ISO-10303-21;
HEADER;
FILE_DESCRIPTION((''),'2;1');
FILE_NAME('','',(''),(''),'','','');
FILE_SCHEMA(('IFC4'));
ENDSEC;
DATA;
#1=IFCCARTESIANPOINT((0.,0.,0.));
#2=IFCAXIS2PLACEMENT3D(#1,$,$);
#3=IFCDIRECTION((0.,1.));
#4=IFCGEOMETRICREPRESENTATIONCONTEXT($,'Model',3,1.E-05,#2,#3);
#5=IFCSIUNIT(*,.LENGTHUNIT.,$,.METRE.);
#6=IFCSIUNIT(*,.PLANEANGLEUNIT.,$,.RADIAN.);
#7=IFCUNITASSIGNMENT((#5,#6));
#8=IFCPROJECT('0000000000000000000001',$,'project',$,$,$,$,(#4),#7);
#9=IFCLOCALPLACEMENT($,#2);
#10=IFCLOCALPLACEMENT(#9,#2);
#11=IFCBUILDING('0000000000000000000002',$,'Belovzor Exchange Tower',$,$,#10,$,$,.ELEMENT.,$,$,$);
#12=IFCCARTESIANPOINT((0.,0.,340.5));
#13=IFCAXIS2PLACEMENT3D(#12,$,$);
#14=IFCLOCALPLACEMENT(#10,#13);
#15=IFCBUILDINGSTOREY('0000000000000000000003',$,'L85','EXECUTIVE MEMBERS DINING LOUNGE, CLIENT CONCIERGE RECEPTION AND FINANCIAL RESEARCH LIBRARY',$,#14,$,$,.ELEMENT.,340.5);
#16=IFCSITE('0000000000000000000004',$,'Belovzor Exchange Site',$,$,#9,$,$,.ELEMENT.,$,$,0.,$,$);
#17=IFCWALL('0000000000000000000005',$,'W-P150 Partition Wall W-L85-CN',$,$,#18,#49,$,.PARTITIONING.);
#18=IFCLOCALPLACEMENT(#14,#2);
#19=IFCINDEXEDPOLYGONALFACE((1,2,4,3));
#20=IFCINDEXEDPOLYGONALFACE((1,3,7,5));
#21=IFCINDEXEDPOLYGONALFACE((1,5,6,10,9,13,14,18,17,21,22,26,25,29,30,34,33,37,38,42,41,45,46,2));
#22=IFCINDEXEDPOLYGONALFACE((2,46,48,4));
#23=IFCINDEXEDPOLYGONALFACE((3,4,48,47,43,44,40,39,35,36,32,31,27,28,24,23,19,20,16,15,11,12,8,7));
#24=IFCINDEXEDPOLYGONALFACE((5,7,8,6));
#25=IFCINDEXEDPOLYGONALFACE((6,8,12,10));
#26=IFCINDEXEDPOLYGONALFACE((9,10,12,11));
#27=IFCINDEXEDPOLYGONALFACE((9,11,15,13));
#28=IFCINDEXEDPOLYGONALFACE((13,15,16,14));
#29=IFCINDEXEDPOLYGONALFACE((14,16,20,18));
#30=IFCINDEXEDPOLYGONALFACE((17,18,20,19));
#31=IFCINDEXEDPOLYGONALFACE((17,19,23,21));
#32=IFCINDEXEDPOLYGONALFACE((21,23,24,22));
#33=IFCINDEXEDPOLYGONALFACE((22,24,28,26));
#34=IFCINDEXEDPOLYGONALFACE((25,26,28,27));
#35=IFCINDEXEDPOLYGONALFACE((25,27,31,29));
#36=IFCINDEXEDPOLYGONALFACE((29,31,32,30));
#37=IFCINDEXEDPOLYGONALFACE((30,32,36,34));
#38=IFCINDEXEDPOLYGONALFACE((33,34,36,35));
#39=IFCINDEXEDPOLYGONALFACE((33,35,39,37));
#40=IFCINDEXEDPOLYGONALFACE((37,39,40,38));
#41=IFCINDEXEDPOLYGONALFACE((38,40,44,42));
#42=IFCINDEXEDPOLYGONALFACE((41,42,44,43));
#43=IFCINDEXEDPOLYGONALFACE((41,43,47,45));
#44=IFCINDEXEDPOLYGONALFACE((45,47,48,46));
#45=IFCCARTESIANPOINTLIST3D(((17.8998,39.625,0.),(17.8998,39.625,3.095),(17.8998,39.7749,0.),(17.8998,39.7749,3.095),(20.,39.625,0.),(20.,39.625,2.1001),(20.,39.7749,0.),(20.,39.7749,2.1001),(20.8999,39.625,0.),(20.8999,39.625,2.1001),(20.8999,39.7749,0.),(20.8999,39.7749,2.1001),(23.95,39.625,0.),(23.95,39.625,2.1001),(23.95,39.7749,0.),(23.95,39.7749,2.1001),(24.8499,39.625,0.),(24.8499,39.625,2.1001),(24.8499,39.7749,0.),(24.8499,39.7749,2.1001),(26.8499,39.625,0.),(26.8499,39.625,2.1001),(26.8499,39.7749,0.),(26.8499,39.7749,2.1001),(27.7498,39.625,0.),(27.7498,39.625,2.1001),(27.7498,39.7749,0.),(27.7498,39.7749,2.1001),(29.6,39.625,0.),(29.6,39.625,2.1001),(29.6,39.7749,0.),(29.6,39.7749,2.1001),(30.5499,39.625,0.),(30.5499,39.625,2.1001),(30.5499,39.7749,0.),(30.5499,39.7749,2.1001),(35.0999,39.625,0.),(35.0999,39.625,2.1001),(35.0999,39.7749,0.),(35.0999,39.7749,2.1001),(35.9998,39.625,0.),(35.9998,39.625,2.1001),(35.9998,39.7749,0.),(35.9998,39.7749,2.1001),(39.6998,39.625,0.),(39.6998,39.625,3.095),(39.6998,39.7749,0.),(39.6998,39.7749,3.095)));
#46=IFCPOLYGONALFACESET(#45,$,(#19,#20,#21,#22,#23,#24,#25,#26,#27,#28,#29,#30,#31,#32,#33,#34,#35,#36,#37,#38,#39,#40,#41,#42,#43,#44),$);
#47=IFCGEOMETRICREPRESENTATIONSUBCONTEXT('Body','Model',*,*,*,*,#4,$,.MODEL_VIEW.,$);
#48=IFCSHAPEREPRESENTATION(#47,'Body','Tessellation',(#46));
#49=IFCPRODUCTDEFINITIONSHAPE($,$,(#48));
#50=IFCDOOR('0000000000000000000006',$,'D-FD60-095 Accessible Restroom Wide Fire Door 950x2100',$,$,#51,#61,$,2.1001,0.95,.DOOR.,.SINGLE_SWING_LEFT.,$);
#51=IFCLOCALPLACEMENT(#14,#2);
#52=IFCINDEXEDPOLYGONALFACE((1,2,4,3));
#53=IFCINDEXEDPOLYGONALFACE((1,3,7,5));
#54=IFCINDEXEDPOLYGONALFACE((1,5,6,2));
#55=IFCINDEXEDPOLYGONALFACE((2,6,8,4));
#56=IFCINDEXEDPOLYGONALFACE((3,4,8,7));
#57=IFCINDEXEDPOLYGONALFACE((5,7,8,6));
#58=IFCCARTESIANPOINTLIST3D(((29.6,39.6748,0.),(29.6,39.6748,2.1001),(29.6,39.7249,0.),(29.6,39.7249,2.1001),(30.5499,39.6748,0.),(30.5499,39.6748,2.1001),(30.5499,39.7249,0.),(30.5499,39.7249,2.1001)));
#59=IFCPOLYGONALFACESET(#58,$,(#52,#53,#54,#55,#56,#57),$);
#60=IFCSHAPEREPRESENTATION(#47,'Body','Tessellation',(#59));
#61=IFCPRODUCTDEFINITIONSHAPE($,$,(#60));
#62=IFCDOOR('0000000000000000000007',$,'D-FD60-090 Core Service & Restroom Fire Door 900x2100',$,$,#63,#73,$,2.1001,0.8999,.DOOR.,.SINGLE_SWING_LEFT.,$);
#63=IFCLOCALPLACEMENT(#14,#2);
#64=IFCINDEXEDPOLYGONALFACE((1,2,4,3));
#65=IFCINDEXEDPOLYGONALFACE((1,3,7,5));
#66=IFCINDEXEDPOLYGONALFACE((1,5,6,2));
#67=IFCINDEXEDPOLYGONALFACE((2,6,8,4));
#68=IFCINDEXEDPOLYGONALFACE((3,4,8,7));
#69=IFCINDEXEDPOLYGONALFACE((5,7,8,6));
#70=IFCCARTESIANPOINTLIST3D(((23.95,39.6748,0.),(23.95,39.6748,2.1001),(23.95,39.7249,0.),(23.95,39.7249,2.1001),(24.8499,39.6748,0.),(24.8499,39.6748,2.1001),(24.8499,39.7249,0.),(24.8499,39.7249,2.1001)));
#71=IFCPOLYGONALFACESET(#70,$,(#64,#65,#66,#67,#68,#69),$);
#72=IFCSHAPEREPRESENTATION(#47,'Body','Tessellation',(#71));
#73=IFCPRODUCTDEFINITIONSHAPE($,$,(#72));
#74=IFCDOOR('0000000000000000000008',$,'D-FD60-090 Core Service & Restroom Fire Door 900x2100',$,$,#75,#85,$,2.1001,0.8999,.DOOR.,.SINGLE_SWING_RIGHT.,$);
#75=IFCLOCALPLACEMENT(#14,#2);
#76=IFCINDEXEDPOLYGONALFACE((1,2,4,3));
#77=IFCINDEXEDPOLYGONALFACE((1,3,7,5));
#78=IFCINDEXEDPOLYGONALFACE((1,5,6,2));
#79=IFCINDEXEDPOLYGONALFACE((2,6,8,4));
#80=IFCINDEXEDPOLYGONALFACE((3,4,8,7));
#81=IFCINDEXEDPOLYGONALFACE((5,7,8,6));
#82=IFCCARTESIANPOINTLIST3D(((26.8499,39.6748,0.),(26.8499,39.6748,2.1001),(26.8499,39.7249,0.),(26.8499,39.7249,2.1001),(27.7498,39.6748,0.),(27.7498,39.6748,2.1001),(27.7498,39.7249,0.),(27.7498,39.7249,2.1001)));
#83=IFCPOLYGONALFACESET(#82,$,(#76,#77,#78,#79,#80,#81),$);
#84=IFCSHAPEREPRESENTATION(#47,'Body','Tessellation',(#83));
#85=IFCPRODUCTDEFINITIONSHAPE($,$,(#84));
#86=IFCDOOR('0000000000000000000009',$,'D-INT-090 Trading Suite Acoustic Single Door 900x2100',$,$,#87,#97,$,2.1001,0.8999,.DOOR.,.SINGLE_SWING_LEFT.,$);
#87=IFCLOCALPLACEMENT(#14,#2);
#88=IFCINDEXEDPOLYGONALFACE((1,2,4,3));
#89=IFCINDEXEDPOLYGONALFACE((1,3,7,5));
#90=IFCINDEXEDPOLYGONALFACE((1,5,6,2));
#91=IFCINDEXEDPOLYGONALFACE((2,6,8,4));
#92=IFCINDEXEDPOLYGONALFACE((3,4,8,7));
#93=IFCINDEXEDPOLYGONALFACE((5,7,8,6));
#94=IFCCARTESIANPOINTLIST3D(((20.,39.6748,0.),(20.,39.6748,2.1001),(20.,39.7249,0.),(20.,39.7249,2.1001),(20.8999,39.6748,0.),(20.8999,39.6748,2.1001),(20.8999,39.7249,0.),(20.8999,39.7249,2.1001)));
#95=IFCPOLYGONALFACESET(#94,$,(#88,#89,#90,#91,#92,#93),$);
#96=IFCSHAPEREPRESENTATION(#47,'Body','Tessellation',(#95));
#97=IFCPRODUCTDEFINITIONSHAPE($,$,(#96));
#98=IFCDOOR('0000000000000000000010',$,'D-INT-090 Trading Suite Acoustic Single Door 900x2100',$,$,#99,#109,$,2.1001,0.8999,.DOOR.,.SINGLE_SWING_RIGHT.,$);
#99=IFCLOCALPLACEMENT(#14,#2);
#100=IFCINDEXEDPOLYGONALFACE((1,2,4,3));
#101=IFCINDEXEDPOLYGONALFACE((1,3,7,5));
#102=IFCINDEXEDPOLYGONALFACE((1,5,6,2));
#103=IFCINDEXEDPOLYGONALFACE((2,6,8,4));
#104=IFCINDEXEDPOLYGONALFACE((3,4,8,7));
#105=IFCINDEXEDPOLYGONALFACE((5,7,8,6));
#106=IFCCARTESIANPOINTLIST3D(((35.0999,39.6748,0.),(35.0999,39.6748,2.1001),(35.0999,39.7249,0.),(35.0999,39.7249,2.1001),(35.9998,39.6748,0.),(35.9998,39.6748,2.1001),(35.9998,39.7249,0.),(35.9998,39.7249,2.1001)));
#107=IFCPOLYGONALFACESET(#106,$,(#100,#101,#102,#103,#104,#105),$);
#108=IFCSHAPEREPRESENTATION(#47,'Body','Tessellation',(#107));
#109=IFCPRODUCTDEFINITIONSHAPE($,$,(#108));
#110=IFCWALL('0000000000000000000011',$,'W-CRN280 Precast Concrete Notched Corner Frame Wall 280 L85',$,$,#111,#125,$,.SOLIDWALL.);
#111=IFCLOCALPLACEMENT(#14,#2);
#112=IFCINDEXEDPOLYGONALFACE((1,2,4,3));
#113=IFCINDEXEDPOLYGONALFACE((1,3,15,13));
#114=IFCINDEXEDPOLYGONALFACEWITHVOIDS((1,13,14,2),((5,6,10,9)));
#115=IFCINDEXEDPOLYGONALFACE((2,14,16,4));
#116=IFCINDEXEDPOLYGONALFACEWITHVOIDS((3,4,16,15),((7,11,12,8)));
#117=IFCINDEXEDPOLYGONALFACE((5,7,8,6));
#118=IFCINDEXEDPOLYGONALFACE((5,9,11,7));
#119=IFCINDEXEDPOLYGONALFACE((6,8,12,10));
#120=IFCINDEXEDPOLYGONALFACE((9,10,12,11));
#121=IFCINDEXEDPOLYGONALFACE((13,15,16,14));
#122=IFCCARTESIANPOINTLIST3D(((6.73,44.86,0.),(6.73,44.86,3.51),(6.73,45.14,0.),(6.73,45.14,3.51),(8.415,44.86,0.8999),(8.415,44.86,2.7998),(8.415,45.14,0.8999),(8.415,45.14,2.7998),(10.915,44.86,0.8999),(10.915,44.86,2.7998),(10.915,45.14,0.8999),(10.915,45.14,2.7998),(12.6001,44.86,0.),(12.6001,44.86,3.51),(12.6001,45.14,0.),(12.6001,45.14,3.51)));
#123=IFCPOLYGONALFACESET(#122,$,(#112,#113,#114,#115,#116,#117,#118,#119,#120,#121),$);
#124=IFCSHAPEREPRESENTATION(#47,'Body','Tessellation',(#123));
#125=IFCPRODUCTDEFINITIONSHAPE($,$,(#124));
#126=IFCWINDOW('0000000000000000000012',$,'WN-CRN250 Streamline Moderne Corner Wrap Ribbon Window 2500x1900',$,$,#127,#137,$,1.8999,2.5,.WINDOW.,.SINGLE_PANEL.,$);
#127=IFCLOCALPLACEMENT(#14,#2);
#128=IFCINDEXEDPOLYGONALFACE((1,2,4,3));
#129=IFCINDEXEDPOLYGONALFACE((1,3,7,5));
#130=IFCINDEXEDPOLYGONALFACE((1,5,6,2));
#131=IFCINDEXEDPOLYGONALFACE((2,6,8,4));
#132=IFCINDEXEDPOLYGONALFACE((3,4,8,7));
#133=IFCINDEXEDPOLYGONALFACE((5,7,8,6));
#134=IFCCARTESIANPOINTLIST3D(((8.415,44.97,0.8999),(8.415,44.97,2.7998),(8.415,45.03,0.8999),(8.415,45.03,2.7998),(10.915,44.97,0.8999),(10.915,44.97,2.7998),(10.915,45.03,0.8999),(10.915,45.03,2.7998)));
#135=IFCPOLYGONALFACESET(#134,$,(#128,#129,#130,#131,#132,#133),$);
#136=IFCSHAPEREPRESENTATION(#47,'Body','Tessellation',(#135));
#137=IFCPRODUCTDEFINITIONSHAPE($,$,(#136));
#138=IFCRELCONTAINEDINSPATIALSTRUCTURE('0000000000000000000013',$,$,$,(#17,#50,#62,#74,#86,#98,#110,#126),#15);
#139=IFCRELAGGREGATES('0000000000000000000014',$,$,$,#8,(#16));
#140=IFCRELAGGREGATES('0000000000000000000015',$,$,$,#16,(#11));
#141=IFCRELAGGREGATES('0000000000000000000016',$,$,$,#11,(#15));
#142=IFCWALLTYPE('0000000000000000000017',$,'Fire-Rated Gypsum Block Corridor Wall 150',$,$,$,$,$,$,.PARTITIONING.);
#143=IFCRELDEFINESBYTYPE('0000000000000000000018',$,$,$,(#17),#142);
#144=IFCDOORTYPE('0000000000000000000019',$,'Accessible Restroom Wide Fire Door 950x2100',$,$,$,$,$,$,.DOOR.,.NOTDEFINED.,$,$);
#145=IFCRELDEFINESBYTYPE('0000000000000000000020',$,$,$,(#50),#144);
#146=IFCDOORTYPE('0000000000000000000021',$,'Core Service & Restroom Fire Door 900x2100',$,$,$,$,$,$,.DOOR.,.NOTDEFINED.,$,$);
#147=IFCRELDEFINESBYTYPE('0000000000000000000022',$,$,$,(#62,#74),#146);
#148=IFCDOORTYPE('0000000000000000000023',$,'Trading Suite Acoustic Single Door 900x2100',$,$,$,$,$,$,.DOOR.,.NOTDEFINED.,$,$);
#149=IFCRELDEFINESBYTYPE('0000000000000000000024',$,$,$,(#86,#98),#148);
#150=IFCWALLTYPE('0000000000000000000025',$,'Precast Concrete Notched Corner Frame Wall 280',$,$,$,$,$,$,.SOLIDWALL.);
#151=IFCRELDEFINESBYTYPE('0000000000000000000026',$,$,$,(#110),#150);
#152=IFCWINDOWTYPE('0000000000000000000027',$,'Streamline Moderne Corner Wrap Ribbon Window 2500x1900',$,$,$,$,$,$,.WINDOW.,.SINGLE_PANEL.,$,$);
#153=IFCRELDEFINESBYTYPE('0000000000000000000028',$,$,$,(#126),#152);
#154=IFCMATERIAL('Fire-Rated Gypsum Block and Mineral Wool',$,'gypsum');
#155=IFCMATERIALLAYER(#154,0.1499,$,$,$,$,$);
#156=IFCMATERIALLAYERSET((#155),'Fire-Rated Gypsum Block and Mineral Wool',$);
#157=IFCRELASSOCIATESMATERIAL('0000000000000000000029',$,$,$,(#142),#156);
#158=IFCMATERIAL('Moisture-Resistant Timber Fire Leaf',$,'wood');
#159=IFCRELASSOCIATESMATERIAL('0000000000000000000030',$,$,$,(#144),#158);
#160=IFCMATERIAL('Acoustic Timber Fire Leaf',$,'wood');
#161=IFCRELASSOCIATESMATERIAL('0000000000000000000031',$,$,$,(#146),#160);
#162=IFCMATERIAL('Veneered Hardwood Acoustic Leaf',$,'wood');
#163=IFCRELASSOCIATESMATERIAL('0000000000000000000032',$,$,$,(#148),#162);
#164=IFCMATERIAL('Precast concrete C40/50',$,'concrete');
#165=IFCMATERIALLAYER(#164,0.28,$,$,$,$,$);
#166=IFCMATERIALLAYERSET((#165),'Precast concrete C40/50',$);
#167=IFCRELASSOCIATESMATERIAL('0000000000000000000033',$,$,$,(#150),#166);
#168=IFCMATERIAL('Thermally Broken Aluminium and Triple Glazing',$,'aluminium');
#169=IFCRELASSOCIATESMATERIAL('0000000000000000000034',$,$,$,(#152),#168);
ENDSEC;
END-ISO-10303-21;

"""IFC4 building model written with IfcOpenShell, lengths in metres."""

from ifc_helpers import new_model, si_unit, direction, frame, frame_2d, origin, place, context, subcontext, project, spatial, rectangle, extrude, material, layer, layer_set, type_object, element, fill, save


model = new_model("IFC4")

# Units and contexts
model_context = context("Model", 3, precision=1e-05, world=origin(), true_north=direction((0.0, 1.0)))
body_context = subcontext(model_context, "Body", "Model", "MODEL_VIEW")
ifc_project = project(units=[si_unit("LENGTHUNIT", "METRE"), si_unit("PLANEANGLEUNIT", "RADIAN")], contexts=[model_context])

# Site, building, storey
site_placement = place(None, origin())
site = spatial("IfcSite", under=ifc_project, at=site_placement, Name="Belovzor Exchange Site", CompositionType="ELEMENT", RefElevation=0.0)
building_placement = place(site_placement, origin())
building = spatial("IfcBuilding", under=site, at=building_placement, Name="Belovzor Exchange Tower", CompositionType="ELEMENT")
storey_placement = place(building_placement, frame((0.0, 0.0, 340.5)))
storey = spatial("IfcBuildingStorey", under=building, at=storey_placement, Name="L85", Description="EXECUTIVE MEMBERS DINING LOUNGE, CLIENT CONCIERGE RECEPTION AND FINANCIAL RESEARCH LIBRARY", CompositionType="ELEMENT", Elevation=340.5)

# Wall, openings, doors
ifc_material_1 = material(Name="Fire-Rated Gypsum Block and Mineral Wool", Category="gypsum")
ifc_layer_1 = layer(ifc_material_1, 0.1499)
ifc_layer_set_1 = layer_set([ifc_layer_1], Name="Fire-Rated Gypsum Block and Mineral Wool")
wall_type_1 = type_object("IfcWallType", Name="Fire-Rated Gypsum Block Corridor Wall 150", PredefinedType="PARTITIONING", material=ifc_layer_set_1)
wall_1_placement = place(storey_placement, frame((17.8999, 39.7, 0.0), z_axis=(0.0, 0.0, 1.0), x_axis=(1.0, 0.0, 0.0)))
wall_1 = element("IfcWall", 1, at=wall_1_placement, inside=storey, type_object=wall_type_1, Name="W-P150 Partition Wall W-L85-CN", PredefinedType="PARTITIONING", context=body_context, shape_type="SweptSolid", body=[
    extrude(rectangle(XDim=21.8, YDim=0.1499, at=frame_2d((10.8999, 0.0))), origin(), (0.0, 0.0, 1.0), 3.095),
])
opening_1_placement = place(wall_1_placement, frame((2.1001, 0.0, 0.0)))
opening_1 = element("IfcOpeningElement", 2, at=opening_1_placement, cuts=wall_1, PredefinedType="OPENING", context=body_context, shape_type="SweptSolid", body=[
    extrude(rectangle(XDim=0.8999, YDim=2.1001, at=frame_2d((0.45, 1.05))), frame((0.0, 0.085, 0.0), z_axis=(0.0, -1.0, 0.0), x_axis=(1.0, 0.0, 0.0)), (0.0, 0.0, 1.0), 0.1699),
])
opening_2_placement = place(wall_1_placement, frame((6.05, 0.0, 0.0)))
opening_2 = element("IfcOpeningElement", 3, at=opening_2_placement, cuts=wall_1, PredefinedType="OPENING", context=body_context, shape_type="SweptSolid", body=[
    extrude(rectangle(XDim=0.8999, YDim=2.1001, at=frame_2d((0.45, 1.05))), frame((0.0, 0.085, 0.0), z_axis=(0.0, -1.0, 0.0), x_axis=(1.0, 0.0, 0.0)), (0.0, 0.0, 1.0), 0.1699),
])
opening_3_placement = place(wall_1_placement, frame((8.95, 0.0, 0.0)))
opening_3 = element("IfcOpeningElement", 4, at=opening_3_placement, cuts=wall_1, PredefinedType="OPENING", context=body_context, shape_type="SweptSolid", body=[
    extrude(rectangle(XDim=0.8999, YDim=2.1001, at=frame_2d((0.45, 1.05))), frame((0.0, 0.085, 0.0), z_axis=(0.0, -1.0, 0.0), x_axis=(1.0, 0.0, 0.0)), (0.0, 0.0, 1.0), 0.1699),
])
opening_4_placement = place(wall_1_placement, frame((11.7, 0.0, 0.0)))
opening_4 = element("IfcOpeningElement", 5, at=opening_4_placement, cuts=wall_1, PredefinedType="OPENING", context=body_context, shape_type="SweptSolid", body=[
    extrude(rectangle(XDim=0.95, YDim=2.1001, at=frame_2d((0.4751, 1.05))), frame((0.0, 0.085, 0.0), z_axis=(0.0, -1.0, 0.0), x_axis=(1.0, 0.0, 0.0)), (0.0, 0.0, 1.0), 0.1699),
])
opening_5_placement = place(wall_1_placement, frame((17.2, 0.0, 0.0)))
opening_5 = element("IfcOpeningElement", 6, at=opening_5_placement, cuts=wall_1, PredefinedType="OPENING", context=body_context, shape_type="SweptSolid", body=[
    extrude(rectangle(XDim=0.8999, YDim=2.1001, at=frame_2d((0.45, 1.05))), frame((0.0, 0.085, 0.0), z_axis=(0.0, -1.0, 0.0), x_axis=(1.0, 0.0, 0.0)), (0.0, 0.0, 1.0), 0.1699),
])
ifc_material_2 = material(Name="Moisture-Resistant Timber Fire Leaf", Category="wood")
door_type_1 = type_object("IfcDoorType", Name="Accessible Restroom Wide Fire Door 950x2100", OperationType="NOTDEFINED", PredefinedType="DOOR", material=ifc_material_2)
door_1_placement = place(opening_4_placement, origin())
door_1 = element("IfcDoor", 7, at=door_1_placement, inside=storey, type_object=door_type_1, Name="D-FD60-095 Accessible Restroom Wide Fire Door 950x2100", OperationType="SINGLE_SWING_LEFT", OverallHeight=2.1001, OverallWidth=0.95, PredefinedType="DOOR", context=body_context, shape_type="SweptSolid", body=[
    extrude(rectangle(XDim=0.95, YDim=2.1001, at=frame_2d((0.4751, 1.05))), frame((0.0, 0.0249, 0.0), z_axis=(0.0, -1.0, 0.0), x_axis=(1.0, 0.0, 0.0)), (0.0, 0.0, 1.0), 0.05),
])
fill(opening_4, door_1)
ifc_material_3 = material(Name="Acoustic Timber Fire Leaf", Category="wood")
door_type_2 = type_object("IfcDoorType", Name="Core Service & Restroom Fire Door 900x2100", OperationType="NOTDEFINED", PredefinedType="DOOR", material=ifc_material_3)
door_2_placement = place(opening_2_placement, origin())
door_2 = element("IfcDoor", 8, at=door_2_placement, inside=storey, type_object=door_type_2, Name="D-FD60-090 Core Service & Restroom Fire Door 900x2100", OperationType="SINGLE_SWING_LEFT", OverallHeight=2.1001, OverallWidth=0.8999, PredefinedType="DOOR", context=body_context, shape_type="SweptSolid", body=[
    extrude(rectangle(XDim=0.8999, YDim=2.1001, at=frame_2d((0.45, 1.05))), frame((0.0, 0.0249, 0.0), z_axis=(0.0, -1.0, 0.0), x_axis=(1.0, 0.0, 0.0)), (0.0, 0.0, 1.0), 0.05),
])
fill(opening_2, door_2)
door_3_placement = place(opening_3_placement, origin())
door_3 = element("IfcDoor", 9, at=door_3_placement, inside=storey, type_object=door_type_2, Name="D-FD60-090 Core Service & Restroom Fire Door 900x2100", OperationType="SINGLE_SWING_RIGHT", OverallHeight=2.1001, OverallWidth=0.8999, PredefinedType="DOOR", context=body_context, shape_type="SweptSolid", body=[
    extrude(rectangle(XDim=0.8999, YDim=2.1001, at=frame_2d((0.45, 1.05))), frame((0.0, 0.0249, 0.0), z_axis=(0.0, -1.0, 0.0), x_axis=(1.0, 0.0, 0.0)), (0.0, 0.0, 1.0), 0.05),
])
fill(opening_3, door_3)
ifc_material_4 = material(Name="Veneered Hardwood Acoustic Leaf", Category="wood")
door_type_3 = type_object("IfcDoorType", Name="Trading Suite Acoustic Single Door 900x2100", OperationType="NOTDEFINED", PredefinedType="DOOR", material=ifc_material_4)
door_4_placement = place(opening_1_placement, origin())
door_4 = element("IfcDoor", 10, at=door_4_placement, inside=storey, type_object=door_type_3, Name="D-INT-090 Trading Suite Acoustic Single Door 900x2100", OperationType="SINGLE_SWING_LEFT", OverallHeight=2.1001, OverallWidth=0.8999, PredefinedType="DOOR", context=body_context, shape_type="SweptSolid", body=[
    extrude(rectangle(XDim=0.8999, YDim=2.1001, at=frame_2d((0.45, 1.05))), frame((0.0, 0.0249, 0.0), z_axis=(0.0, -1.0, 0.0), x_axis=(1.0, 0.0, 0.0)), (0.0, 0.0, 1.0), 0.05),
])
fill(opening_1, door_4)
door_5_placement = place(opening_5_placement, origin())
door_5 = element("IfcDoor", 11, at=door_5_placement, inside=storey, type_object=door_type_3, Name="D-INT-090 Trading Suite Acoustic Single Door 900x2100", OperationType="SINGLE_SWING_RIGHT", OverallHeight=2.1001, OverallWidth=0.8999, PredefinedType="DOOR", context=body_context, shape_type="SweptSolid", body=[
    extrude(rectangle(XDim=0.8999, YDim=2.1001, at=frame_2d((0.45, 1.05))), frame((0.0, 0.0249, 0.0), z_axis=(0.0, -1.0, 0.0), x_axis=(1.0, 0.0, 0.0)), (0.0, 0.0, 1.0), 0.05),
])
fill(opening_5, door_5)

# Wall, opening, window
ifc_material_5 = material(Name="Precast concrete C40/50", Category="concrete")
ifc_layer_2 = layer(ifc_material_5, 0.28)
ifc_layer_set_2 = layer_set([ifc_layer_2], Name="Precast concrete C40/50")
wall_type_2 = type_object("IfcWallType", Name="Precast Concrete Notched Corner Frame Wall 280", PredefinedType="SOLIDWALL", material=ifc_layer_set_2)
wall_2_placement = place(storey_placement, frame((6.73, 45.0, 0.0), z_axis=(0.0, 0.0, 1.0), x_axis=(1.0, 0.0, 0.0)))
wall_2 = element("IfcWall", 12, at=wall_2_placement, inside=storey, type_object=wall_type_2, Name="W-CRN280 Precast Concrete Notched Corner Frame Wall 280 L85", PredefinedType="SOLIDWALL", context=body_context, shape_type="SweptSolid", body=[
    extrude(rectangle(XDim=5.8701, YDim=0.28, at=frame_2d((2.9351, 0.0))), origin(), (0.0, 0.0, 1.0), 3.51),
])
opening_6_placement = place(wall_2_placement, frame((1.6851, 0.0, 0.8999)))
opening_6 = element("IfcOpeningElement", 13, at=opening_6_placement, cuts=wall_2, PredefinedType="OPENING", context=body_context, shape_type="SweptSolid", body=[
    extrude(rectangle(XDim=2.5, YDim=1.8999, at=frame_2d((1.25, 0.95))), frame((0.0, 0.1499, 0.0), z_axis=(0.0, -1.0, 0.0), x_axis=(1.0, 0.0, 0.0)), (0.0, 0.0, 1.0), 0.3),
])
ifc_material_6 = material(Name="Thermally Broken Aluminium and Triple Glazing", Category="aluminium")
window_type = type_object("IfcWindowType", Name="Streamline Moderne Corner Wrap Ribbon Window 2500x1900", PartitioningType="SINGLE_PANEL", PredefinedType="WINDOW", material=ifc_material_6)
window_1_placement = place(opening_6_placement, origin())
window_1 = element("IfcWindow", 14, at=window_1_placement, inside=storey, type_object=window_type, Name="WN-CRN250 Streamline Moderne Corner Wrap Ribbon Window 2500x1900", OverallHeight=1.8999, OverallWidth=2.5, PartitioningType="SINGLE_PANEL", PredefinedType="WINDOW", context=body_context, shape_type="SweptSolid", body=[
    extrude(rectangle(XDim=2.5, YDim=1.8999, at=frame_2d((1.25, 0.95))), frame((0.0, 0.03, 0.0), z_axis=(0.0, -1.0, 0.0), x_axis=(1.0, 0.0, 0.0)), (0.0, 0.0, 1.0), 0.0601),
])
fill(opening_6, window_1)

save(model, "model.ifc")
